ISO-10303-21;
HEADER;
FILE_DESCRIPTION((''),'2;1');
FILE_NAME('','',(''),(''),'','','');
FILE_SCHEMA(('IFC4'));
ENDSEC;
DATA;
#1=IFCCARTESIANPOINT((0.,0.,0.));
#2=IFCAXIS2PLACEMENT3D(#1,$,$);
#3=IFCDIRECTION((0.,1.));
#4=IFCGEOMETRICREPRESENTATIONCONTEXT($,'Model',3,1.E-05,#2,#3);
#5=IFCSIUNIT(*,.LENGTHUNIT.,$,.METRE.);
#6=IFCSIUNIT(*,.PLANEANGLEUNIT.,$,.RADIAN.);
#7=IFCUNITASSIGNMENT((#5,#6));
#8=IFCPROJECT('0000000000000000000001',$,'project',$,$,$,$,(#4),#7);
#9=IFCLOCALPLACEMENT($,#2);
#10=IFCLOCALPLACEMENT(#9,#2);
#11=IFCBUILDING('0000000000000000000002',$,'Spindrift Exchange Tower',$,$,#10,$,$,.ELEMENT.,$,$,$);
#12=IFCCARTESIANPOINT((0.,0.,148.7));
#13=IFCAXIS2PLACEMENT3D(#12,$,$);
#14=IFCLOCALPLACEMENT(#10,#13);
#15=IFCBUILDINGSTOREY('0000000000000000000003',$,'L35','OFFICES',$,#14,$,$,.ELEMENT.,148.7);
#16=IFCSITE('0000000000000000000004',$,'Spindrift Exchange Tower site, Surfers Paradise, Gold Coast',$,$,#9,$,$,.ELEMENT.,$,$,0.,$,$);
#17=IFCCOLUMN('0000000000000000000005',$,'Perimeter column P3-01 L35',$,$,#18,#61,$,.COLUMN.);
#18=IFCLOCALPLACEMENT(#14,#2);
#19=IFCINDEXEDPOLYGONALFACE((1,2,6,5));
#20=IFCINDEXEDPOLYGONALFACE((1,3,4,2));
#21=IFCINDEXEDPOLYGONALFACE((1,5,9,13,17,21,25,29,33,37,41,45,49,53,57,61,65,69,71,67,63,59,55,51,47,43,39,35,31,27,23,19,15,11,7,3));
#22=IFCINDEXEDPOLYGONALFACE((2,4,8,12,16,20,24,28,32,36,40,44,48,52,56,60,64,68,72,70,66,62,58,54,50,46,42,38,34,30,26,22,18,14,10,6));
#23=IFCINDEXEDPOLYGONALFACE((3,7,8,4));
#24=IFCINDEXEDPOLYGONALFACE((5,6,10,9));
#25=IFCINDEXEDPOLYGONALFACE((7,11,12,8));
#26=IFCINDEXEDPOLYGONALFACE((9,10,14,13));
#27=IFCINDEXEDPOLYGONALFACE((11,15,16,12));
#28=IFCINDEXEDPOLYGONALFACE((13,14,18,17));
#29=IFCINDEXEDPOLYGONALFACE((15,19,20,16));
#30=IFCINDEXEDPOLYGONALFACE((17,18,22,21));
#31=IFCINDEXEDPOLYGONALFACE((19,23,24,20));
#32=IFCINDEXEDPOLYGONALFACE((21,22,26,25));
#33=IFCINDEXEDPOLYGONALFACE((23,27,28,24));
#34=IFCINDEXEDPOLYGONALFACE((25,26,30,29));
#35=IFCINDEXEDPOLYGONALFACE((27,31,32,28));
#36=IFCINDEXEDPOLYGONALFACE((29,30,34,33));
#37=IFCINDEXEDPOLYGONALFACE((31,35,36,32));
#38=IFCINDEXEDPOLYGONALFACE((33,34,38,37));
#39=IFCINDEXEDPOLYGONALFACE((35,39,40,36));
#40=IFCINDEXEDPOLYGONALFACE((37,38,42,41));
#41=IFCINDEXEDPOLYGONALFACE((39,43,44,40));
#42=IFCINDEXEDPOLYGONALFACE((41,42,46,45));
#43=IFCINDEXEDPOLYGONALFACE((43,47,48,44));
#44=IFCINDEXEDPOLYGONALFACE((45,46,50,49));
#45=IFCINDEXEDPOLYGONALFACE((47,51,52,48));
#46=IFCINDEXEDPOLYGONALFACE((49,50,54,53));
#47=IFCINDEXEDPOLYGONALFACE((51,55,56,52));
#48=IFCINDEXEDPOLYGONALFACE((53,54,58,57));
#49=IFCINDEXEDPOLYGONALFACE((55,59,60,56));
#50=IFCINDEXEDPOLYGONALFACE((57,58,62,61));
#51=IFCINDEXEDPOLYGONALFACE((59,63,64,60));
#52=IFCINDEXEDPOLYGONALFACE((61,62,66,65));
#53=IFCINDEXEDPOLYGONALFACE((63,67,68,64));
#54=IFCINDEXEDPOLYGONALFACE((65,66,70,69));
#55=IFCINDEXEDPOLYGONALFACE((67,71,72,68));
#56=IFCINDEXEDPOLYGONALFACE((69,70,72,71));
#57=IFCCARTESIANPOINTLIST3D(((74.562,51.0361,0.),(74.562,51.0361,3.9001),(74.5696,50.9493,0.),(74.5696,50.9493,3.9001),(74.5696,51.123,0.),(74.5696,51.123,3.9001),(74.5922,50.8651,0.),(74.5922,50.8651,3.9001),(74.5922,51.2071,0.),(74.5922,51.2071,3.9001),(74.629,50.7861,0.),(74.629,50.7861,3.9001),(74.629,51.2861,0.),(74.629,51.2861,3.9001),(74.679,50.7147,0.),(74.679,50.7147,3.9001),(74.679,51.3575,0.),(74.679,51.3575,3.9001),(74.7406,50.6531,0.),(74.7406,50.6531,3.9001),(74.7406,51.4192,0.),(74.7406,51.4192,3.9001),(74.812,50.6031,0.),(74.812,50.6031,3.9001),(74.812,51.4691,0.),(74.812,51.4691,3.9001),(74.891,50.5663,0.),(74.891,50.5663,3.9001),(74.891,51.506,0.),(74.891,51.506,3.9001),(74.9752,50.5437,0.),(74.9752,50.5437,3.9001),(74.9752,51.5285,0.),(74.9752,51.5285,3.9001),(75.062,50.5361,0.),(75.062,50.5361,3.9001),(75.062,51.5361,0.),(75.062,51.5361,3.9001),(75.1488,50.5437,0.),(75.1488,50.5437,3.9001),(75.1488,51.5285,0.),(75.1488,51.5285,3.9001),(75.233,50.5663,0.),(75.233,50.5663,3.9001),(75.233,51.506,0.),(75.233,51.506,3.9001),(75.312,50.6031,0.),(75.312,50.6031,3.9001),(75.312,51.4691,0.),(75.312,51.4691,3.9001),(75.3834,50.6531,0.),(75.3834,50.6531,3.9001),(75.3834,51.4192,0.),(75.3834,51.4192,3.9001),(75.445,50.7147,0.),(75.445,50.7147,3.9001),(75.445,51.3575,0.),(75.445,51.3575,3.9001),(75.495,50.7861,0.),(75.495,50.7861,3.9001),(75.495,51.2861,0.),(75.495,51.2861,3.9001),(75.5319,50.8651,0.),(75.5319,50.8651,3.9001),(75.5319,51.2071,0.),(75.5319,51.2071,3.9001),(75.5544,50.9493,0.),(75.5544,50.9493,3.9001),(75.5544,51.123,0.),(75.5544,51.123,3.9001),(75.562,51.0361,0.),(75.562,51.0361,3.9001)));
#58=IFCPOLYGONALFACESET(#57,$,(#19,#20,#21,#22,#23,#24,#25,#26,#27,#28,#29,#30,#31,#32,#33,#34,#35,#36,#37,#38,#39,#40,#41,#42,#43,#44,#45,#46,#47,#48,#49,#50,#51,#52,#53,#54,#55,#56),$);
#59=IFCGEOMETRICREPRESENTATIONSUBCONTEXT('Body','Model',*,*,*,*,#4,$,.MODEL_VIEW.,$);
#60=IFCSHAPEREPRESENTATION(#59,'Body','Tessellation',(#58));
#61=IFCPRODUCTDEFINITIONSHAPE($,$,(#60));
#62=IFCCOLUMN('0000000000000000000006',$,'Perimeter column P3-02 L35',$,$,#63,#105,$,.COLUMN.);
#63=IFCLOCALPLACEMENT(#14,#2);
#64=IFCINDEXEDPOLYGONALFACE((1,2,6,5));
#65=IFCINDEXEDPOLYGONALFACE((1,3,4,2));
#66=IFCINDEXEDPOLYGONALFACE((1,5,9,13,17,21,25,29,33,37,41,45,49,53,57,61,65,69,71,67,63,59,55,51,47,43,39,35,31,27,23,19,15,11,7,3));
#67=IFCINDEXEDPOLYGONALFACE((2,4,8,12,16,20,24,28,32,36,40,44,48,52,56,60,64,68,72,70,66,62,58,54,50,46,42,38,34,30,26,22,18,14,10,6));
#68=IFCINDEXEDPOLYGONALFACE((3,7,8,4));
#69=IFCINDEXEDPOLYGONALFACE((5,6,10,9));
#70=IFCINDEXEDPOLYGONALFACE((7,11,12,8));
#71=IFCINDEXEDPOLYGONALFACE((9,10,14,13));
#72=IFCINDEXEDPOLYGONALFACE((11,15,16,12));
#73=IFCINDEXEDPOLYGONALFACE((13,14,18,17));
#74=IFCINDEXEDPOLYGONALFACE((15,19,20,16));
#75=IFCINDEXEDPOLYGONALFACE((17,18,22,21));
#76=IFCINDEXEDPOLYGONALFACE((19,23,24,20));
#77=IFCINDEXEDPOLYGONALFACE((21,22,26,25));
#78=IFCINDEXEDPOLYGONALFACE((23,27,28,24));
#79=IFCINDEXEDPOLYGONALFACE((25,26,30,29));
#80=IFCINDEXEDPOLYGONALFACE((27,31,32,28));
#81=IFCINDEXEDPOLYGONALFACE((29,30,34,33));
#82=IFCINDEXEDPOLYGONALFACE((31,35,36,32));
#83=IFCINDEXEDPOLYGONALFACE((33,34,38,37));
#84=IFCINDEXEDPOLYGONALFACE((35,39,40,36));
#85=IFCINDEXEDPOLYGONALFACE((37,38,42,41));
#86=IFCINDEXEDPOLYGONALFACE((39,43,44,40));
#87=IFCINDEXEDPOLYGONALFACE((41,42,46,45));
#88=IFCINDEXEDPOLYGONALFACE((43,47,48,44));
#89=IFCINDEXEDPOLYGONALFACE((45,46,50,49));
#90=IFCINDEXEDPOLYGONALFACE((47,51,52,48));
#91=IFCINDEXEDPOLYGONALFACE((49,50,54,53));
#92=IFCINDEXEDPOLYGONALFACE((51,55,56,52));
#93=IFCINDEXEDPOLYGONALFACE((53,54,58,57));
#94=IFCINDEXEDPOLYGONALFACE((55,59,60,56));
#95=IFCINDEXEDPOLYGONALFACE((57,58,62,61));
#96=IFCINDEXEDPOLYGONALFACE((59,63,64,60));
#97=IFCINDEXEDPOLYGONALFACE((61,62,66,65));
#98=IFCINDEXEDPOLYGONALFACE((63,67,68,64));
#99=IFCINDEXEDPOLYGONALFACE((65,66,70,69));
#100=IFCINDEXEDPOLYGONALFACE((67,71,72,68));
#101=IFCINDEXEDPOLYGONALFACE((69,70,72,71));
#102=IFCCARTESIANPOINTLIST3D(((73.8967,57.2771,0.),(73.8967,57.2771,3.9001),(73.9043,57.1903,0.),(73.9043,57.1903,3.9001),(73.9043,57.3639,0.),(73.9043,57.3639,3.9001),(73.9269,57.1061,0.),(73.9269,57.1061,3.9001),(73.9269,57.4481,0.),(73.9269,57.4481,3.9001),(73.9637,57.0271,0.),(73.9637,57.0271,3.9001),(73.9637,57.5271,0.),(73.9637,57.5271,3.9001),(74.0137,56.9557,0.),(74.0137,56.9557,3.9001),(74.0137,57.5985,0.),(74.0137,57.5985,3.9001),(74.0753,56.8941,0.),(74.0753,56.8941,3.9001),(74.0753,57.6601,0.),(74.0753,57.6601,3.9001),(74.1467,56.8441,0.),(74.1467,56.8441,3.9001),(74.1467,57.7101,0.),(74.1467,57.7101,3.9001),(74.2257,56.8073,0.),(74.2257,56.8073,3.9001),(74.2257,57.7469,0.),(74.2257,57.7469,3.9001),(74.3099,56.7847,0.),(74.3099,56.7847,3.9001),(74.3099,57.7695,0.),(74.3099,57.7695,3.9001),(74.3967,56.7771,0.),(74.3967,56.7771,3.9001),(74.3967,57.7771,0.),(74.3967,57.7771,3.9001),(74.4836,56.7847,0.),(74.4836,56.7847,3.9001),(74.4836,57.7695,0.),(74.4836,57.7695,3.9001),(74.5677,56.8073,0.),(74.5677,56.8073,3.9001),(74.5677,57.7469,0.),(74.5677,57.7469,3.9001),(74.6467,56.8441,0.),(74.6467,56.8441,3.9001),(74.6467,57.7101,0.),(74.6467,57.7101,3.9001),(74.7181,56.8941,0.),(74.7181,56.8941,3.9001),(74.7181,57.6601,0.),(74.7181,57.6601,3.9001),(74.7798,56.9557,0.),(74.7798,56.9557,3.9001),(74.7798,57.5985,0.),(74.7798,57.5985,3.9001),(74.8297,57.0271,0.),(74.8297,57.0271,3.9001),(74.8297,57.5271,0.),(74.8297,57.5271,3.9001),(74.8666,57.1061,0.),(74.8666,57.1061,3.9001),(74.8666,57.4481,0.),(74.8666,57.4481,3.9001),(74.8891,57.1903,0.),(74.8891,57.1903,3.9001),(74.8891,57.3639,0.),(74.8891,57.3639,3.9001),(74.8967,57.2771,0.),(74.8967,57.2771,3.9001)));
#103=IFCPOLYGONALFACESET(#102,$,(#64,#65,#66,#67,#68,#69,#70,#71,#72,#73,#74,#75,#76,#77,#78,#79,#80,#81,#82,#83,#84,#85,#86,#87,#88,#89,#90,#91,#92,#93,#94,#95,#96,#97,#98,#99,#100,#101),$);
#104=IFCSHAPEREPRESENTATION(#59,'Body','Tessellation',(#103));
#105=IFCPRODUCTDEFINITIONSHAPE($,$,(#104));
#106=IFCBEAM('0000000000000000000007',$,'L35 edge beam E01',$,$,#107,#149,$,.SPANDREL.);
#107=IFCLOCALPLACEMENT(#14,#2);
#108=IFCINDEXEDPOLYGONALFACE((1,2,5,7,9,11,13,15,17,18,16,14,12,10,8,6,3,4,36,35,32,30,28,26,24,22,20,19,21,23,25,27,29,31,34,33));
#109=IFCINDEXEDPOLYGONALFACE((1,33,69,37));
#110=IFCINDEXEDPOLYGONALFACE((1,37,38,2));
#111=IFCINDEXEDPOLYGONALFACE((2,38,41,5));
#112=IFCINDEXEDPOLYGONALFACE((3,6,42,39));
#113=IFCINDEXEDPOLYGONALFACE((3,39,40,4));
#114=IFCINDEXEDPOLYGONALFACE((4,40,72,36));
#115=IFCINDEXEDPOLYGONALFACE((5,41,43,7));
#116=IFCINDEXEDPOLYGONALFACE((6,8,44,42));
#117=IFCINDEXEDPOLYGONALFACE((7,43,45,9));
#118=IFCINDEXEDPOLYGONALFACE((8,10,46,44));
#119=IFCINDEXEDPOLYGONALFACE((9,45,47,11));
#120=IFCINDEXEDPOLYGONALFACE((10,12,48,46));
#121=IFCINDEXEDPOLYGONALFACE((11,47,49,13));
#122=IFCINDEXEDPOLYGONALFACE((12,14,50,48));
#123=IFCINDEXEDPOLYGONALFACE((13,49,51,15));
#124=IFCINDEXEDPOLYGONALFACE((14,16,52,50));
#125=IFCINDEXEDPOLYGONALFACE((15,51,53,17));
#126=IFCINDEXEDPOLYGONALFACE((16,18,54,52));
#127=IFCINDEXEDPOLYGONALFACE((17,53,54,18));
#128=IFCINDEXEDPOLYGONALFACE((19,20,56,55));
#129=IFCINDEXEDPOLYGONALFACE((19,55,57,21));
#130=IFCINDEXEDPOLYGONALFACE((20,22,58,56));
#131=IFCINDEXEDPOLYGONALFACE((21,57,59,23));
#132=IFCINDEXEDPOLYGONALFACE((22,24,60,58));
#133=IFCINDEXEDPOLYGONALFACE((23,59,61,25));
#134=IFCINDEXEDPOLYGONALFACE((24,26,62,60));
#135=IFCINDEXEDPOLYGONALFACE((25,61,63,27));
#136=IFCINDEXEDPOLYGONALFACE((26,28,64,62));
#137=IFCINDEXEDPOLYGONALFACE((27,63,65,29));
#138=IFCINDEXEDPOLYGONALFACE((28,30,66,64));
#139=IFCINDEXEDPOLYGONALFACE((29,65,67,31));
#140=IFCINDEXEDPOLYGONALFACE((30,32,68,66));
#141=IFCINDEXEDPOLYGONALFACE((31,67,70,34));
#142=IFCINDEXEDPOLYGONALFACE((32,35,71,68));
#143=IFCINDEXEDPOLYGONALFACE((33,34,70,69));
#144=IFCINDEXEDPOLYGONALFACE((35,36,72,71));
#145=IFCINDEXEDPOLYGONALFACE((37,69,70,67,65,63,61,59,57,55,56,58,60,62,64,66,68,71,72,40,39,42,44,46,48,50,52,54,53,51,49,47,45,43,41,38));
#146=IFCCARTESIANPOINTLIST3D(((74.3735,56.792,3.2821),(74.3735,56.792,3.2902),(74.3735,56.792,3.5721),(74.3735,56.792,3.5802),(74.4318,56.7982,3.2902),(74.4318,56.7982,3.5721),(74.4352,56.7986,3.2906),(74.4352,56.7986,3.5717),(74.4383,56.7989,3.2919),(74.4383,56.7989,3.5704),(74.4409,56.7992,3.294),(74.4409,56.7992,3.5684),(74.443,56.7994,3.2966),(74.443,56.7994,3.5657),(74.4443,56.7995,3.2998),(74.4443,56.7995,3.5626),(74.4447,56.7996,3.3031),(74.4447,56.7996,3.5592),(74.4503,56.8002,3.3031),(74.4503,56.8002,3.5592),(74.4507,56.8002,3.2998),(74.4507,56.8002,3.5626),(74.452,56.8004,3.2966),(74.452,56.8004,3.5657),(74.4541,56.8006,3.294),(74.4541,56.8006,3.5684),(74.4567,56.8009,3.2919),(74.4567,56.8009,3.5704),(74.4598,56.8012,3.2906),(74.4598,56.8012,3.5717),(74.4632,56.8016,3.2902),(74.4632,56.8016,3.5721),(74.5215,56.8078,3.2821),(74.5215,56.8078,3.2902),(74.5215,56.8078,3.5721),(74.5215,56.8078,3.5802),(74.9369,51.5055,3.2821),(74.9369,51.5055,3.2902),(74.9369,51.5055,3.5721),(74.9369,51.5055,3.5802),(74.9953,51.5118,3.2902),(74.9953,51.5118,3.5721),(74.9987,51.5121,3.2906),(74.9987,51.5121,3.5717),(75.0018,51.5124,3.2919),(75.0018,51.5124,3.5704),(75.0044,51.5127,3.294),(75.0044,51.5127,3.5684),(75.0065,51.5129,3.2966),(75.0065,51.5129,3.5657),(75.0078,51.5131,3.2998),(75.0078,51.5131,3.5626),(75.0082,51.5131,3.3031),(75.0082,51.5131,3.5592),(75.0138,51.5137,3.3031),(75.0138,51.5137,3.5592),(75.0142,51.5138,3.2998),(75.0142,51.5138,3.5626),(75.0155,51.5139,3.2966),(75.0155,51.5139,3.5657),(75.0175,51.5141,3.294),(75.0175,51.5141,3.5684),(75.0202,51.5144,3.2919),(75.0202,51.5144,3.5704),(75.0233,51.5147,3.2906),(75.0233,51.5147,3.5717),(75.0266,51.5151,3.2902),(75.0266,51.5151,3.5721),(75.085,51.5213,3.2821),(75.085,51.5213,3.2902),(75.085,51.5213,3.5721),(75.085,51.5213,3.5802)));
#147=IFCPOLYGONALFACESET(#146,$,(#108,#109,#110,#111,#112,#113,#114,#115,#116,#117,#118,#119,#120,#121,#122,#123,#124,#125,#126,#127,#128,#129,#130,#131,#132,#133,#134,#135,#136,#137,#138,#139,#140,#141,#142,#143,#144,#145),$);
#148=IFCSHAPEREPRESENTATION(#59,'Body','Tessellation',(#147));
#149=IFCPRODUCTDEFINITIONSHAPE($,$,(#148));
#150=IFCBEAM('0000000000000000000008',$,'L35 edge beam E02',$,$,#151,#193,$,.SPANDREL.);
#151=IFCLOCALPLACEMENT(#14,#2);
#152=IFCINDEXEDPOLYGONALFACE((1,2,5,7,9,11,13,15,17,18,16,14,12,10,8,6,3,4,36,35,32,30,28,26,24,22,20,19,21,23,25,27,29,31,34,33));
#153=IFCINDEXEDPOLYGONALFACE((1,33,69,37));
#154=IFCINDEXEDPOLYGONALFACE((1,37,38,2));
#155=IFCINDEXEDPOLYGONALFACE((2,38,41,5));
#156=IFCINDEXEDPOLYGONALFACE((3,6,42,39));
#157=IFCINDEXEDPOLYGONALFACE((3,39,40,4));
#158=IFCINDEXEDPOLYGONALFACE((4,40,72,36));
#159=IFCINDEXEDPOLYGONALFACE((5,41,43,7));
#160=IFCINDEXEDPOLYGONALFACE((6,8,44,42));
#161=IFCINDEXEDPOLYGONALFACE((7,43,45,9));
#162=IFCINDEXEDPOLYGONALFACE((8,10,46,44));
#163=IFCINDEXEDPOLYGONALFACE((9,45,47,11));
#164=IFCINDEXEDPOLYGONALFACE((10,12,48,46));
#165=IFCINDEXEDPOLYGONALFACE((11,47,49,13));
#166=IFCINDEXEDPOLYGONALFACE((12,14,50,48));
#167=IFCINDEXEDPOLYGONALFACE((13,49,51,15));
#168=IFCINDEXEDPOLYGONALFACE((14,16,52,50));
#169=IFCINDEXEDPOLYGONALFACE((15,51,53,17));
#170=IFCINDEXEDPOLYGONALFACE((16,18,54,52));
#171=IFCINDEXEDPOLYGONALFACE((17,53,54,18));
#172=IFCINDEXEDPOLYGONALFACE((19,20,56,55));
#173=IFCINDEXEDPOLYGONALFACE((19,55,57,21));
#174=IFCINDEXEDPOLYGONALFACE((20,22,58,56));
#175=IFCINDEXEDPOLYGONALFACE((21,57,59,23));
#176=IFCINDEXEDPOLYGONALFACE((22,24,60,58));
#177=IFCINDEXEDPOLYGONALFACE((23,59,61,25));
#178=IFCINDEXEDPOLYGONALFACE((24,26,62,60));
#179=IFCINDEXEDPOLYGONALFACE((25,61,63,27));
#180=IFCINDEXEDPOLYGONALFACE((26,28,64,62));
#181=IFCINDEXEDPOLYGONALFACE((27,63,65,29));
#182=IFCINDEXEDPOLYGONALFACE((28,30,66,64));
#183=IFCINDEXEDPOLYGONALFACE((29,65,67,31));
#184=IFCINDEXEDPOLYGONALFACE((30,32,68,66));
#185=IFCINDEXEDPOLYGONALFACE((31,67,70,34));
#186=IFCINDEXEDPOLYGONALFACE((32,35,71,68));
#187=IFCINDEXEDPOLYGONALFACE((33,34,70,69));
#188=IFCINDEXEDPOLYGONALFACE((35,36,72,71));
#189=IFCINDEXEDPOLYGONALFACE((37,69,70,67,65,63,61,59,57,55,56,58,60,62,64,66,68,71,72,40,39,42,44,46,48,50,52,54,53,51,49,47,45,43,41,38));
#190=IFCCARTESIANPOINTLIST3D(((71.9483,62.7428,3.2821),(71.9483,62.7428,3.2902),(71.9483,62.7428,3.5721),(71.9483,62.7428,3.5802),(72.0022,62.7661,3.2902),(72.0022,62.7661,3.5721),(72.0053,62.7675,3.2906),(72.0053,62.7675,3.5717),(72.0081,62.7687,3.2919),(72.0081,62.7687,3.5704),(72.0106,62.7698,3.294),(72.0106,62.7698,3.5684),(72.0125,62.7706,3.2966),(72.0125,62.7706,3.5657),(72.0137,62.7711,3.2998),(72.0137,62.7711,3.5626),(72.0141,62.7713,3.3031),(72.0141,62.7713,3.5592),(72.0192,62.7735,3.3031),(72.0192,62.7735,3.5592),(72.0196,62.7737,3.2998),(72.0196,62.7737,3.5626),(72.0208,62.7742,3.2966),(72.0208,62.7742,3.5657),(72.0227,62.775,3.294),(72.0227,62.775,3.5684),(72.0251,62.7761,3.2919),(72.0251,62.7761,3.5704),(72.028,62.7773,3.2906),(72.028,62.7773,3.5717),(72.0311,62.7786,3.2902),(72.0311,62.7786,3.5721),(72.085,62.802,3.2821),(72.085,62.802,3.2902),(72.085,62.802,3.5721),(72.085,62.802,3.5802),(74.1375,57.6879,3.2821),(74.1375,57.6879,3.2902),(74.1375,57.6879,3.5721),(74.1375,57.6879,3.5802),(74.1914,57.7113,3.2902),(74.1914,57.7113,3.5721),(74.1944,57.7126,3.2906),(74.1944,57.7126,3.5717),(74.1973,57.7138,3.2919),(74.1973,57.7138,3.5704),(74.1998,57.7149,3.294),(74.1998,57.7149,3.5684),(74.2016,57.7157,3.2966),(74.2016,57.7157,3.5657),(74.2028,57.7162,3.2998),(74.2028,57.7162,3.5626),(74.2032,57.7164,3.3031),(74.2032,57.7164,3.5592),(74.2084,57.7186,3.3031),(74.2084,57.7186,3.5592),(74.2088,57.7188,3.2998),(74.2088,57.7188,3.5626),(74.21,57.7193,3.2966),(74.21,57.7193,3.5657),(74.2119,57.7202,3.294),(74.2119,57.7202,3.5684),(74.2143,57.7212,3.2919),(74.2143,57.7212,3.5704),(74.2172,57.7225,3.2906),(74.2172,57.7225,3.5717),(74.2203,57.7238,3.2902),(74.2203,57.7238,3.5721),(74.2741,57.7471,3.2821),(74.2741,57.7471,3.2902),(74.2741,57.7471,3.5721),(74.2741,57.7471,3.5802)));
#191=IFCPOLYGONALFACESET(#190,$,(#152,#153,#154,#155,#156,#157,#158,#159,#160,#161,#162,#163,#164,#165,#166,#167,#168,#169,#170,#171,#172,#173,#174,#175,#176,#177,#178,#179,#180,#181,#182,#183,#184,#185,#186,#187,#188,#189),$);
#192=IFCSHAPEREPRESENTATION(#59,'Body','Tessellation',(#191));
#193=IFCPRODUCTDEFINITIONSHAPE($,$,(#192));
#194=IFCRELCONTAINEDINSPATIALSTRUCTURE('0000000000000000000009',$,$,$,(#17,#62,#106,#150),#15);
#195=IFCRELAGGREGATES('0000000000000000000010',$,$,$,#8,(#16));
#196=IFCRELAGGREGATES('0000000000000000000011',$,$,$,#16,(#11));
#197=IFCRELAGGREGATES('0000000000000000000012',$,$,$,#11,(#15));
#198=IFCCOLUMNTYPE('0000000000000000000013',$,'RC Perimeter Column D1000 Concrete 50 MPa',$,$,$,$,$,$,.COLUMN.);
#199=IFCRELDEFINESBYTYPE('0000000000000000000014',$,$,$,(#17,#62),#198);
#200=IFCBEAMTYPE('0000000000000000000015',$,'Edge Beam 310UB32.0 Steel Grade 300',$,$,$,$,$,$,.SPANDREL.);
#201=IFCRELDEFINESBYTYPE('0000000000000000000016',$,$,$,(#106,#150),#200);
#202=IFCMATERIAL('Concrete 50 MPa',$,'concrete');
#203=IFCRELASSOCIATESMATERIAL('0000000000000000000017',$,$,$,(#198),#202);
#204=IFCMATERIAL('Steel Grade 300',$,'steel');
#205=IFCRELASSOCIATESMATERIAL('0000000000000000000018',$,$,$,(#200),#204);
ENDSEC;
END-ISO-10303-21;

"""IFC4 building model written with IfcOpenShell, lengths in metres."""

from ifc_helpers import new_model, si_unit, direction, frame, origin, origin_2d, place, context, subcontext, project, spatial, circle, i_section, extrude, source, transform, mapped, material, material_profile, profile_set, type_object, element, save


model = new_model("IFC4")

# Units and contexts
model_context = context("Model", 3, precision=1e-05, world=origin(), true_north=direction((0.0, 1.0)))
body_context = subcontext(model_context, "Body", "Model", "MODEL_VIEW")
ifc_project = project(units=[si_unit("LENGTHUNIT", "METRE"), si_unit("PLANEANGLEUNIT", "RADIAN")], contexts=[model_context])

# Site, building, storey
site_placement = place(None, origin())
site = spatial("IfcSite", under=ifc_project, at=site_placement, Name="Spindrift Exchange Tower site, Surfers Paradise, Gold Coast", CompositionType="ELEMENT", RefElevation=0.0)
building_placement = place(site_placement, origin())
building = spatial("IfcBuilding", under=site, at=building_placement, Name="Spindrift Exchange Tower", CompositionType="ELEMENT")
storey_placement = place(building_placement, frame((0.0, 0.0, 148.7)))
storey = spatial("IfcBuildingStorey", under=building, at=storey_placement, Name="L35", Description="OFFICES", CompositionType="ELEMENT", Elevation=148.7)

# Columns
ifc_material_1 = material(Name="Concrete 50 MPa", Category="concrete")
ifc_material_profile_1 = material_profile(ifc_material_1, circle(Radius=0.5, at=origin_2d()), Name="RC D1000")
ifc_profile_set_1 = profile_set([ifc_material_profile_1], Name="Concrete 50 MPa")
column_type = type_object("IfcColumnType", Name="RC Perimeter Column D1000 Concrete 50 MPa", PredefinedType="COLUMN", material=ifc_profile_set_1)
shared_shape_1 = source(origin(), body_context, "Body", "SweptSolid", [
    extrude(circle(Radius=0.5, at=origin_2d()), origin(), (0.0, 0.0, 1.0), 3.9001),
])
for number, where, z_axis, x_axis, name in (
    (1, (75.062, 51.0361, 0.0), (0.0, 0.0, 1.0), (1.0, 0.0, 0.0), "Perimeter column P3-01 L35"),
    (2, (74.3967, 57.2771, 0.0), (0.0, 0.0, 1.0), (1.0, 0.0, 0.0), "Perimeter column P3-02 L35"),
):
    element("IfcColumn", number, at=place(storey_placement, frame(where, z_axis=z_axis, x_axis=x_axis)), inside=storey, type_object=column_type, Name=name, PredefinedType="COLUMN", context=body_context, shape_type="MappedRepresentation", body=[
        mapped(shared_shape_1, transform((0.0, 0.0, 0.0), scale=1.0)),
    ])

# Beams
ifc_material_2 = material(Name="Steel Grade 300", Category="steel")
ifc_material_profile_2 = material_profile(ifc_material_2, i_section(OverallWidth=0.1489, OverallDepth=0.2981, WebThickness=0.0056, FlangeThickness=0.0081, FilletRadius=0.0129, at=origin_2d()), Name="310UB32.0")
ifc_profile_set_2 = profile_set([ifc_material_profile_2], Name="Steel Grade 300")
beam_type_1 = type_object("IfcBeamType", Name="Edge Beam 310UB32.0 Steel Grade 300", PredefinedType="SPANDREL", material=ifc_profile_set_2)
shared_shape_2 = source(origin(), body_context, "Body", "SweptSolid", [
    extrude(i_section(OverallWidth=0.1489, OverallDepth=0.2981, WebThickness=0.0056, FlangeThickness=0.0081, FilletRadius=0.0129, at=origin_2d()), origin(), (0.0, 0.0, 1.0), 5.3164),
])
beam_1_placement = place(storey_placement, frame((75.011, 51.5134, 3.4312), z_axis=(-0.10599, 0.994367, 0.0), x_axis=(-0.994367, -0.10599, 0.0)))
element("IfcBeam", 3, at=beam_1_placement, inside=storey, type_object=beam_type_1, Name="L35 edge beam E01", PredefinedType="SPANDREL", context=body_context, shape_type="MappedRepresentation", body=[
    mapped(shared_shape_2, transform((0.0, 0.0, 0.0), scale=1.0)),
])
shared_shape_3 = source(origin(), body_context, "Body", "SweptSolid", [
    extrude(i_section(OverallWidth=0.1489, OverallDepth=0.2981, WebThickness=0.0056, FlangeThickness=0.0081, FilletRadius=0.0129, at=origin_2d()), origin(), (0.0, 0.0, 1.0), 5.5085),
])
beam_2_placement = place(storey_placement, frame((74.2058, 57.7175, 3.4312), z_axis=(-0.397415, 0.917639, 0.0), x_axis=(-0.917639, -0.397415, 0.0)))
element("IfcBeam", 4, at=beam_2_placement, inside=storey, type_object=beam_type_1, Name="L35 edge beam E02", PredefinedType="SPANDREL", context=body_context, shape_type="MappedRepresentation", body=[
    mapped(shared_shape_3, transform((0.0, 0.0, 0.0), scale=1.0)),
])

save(model, "model.ifc")
